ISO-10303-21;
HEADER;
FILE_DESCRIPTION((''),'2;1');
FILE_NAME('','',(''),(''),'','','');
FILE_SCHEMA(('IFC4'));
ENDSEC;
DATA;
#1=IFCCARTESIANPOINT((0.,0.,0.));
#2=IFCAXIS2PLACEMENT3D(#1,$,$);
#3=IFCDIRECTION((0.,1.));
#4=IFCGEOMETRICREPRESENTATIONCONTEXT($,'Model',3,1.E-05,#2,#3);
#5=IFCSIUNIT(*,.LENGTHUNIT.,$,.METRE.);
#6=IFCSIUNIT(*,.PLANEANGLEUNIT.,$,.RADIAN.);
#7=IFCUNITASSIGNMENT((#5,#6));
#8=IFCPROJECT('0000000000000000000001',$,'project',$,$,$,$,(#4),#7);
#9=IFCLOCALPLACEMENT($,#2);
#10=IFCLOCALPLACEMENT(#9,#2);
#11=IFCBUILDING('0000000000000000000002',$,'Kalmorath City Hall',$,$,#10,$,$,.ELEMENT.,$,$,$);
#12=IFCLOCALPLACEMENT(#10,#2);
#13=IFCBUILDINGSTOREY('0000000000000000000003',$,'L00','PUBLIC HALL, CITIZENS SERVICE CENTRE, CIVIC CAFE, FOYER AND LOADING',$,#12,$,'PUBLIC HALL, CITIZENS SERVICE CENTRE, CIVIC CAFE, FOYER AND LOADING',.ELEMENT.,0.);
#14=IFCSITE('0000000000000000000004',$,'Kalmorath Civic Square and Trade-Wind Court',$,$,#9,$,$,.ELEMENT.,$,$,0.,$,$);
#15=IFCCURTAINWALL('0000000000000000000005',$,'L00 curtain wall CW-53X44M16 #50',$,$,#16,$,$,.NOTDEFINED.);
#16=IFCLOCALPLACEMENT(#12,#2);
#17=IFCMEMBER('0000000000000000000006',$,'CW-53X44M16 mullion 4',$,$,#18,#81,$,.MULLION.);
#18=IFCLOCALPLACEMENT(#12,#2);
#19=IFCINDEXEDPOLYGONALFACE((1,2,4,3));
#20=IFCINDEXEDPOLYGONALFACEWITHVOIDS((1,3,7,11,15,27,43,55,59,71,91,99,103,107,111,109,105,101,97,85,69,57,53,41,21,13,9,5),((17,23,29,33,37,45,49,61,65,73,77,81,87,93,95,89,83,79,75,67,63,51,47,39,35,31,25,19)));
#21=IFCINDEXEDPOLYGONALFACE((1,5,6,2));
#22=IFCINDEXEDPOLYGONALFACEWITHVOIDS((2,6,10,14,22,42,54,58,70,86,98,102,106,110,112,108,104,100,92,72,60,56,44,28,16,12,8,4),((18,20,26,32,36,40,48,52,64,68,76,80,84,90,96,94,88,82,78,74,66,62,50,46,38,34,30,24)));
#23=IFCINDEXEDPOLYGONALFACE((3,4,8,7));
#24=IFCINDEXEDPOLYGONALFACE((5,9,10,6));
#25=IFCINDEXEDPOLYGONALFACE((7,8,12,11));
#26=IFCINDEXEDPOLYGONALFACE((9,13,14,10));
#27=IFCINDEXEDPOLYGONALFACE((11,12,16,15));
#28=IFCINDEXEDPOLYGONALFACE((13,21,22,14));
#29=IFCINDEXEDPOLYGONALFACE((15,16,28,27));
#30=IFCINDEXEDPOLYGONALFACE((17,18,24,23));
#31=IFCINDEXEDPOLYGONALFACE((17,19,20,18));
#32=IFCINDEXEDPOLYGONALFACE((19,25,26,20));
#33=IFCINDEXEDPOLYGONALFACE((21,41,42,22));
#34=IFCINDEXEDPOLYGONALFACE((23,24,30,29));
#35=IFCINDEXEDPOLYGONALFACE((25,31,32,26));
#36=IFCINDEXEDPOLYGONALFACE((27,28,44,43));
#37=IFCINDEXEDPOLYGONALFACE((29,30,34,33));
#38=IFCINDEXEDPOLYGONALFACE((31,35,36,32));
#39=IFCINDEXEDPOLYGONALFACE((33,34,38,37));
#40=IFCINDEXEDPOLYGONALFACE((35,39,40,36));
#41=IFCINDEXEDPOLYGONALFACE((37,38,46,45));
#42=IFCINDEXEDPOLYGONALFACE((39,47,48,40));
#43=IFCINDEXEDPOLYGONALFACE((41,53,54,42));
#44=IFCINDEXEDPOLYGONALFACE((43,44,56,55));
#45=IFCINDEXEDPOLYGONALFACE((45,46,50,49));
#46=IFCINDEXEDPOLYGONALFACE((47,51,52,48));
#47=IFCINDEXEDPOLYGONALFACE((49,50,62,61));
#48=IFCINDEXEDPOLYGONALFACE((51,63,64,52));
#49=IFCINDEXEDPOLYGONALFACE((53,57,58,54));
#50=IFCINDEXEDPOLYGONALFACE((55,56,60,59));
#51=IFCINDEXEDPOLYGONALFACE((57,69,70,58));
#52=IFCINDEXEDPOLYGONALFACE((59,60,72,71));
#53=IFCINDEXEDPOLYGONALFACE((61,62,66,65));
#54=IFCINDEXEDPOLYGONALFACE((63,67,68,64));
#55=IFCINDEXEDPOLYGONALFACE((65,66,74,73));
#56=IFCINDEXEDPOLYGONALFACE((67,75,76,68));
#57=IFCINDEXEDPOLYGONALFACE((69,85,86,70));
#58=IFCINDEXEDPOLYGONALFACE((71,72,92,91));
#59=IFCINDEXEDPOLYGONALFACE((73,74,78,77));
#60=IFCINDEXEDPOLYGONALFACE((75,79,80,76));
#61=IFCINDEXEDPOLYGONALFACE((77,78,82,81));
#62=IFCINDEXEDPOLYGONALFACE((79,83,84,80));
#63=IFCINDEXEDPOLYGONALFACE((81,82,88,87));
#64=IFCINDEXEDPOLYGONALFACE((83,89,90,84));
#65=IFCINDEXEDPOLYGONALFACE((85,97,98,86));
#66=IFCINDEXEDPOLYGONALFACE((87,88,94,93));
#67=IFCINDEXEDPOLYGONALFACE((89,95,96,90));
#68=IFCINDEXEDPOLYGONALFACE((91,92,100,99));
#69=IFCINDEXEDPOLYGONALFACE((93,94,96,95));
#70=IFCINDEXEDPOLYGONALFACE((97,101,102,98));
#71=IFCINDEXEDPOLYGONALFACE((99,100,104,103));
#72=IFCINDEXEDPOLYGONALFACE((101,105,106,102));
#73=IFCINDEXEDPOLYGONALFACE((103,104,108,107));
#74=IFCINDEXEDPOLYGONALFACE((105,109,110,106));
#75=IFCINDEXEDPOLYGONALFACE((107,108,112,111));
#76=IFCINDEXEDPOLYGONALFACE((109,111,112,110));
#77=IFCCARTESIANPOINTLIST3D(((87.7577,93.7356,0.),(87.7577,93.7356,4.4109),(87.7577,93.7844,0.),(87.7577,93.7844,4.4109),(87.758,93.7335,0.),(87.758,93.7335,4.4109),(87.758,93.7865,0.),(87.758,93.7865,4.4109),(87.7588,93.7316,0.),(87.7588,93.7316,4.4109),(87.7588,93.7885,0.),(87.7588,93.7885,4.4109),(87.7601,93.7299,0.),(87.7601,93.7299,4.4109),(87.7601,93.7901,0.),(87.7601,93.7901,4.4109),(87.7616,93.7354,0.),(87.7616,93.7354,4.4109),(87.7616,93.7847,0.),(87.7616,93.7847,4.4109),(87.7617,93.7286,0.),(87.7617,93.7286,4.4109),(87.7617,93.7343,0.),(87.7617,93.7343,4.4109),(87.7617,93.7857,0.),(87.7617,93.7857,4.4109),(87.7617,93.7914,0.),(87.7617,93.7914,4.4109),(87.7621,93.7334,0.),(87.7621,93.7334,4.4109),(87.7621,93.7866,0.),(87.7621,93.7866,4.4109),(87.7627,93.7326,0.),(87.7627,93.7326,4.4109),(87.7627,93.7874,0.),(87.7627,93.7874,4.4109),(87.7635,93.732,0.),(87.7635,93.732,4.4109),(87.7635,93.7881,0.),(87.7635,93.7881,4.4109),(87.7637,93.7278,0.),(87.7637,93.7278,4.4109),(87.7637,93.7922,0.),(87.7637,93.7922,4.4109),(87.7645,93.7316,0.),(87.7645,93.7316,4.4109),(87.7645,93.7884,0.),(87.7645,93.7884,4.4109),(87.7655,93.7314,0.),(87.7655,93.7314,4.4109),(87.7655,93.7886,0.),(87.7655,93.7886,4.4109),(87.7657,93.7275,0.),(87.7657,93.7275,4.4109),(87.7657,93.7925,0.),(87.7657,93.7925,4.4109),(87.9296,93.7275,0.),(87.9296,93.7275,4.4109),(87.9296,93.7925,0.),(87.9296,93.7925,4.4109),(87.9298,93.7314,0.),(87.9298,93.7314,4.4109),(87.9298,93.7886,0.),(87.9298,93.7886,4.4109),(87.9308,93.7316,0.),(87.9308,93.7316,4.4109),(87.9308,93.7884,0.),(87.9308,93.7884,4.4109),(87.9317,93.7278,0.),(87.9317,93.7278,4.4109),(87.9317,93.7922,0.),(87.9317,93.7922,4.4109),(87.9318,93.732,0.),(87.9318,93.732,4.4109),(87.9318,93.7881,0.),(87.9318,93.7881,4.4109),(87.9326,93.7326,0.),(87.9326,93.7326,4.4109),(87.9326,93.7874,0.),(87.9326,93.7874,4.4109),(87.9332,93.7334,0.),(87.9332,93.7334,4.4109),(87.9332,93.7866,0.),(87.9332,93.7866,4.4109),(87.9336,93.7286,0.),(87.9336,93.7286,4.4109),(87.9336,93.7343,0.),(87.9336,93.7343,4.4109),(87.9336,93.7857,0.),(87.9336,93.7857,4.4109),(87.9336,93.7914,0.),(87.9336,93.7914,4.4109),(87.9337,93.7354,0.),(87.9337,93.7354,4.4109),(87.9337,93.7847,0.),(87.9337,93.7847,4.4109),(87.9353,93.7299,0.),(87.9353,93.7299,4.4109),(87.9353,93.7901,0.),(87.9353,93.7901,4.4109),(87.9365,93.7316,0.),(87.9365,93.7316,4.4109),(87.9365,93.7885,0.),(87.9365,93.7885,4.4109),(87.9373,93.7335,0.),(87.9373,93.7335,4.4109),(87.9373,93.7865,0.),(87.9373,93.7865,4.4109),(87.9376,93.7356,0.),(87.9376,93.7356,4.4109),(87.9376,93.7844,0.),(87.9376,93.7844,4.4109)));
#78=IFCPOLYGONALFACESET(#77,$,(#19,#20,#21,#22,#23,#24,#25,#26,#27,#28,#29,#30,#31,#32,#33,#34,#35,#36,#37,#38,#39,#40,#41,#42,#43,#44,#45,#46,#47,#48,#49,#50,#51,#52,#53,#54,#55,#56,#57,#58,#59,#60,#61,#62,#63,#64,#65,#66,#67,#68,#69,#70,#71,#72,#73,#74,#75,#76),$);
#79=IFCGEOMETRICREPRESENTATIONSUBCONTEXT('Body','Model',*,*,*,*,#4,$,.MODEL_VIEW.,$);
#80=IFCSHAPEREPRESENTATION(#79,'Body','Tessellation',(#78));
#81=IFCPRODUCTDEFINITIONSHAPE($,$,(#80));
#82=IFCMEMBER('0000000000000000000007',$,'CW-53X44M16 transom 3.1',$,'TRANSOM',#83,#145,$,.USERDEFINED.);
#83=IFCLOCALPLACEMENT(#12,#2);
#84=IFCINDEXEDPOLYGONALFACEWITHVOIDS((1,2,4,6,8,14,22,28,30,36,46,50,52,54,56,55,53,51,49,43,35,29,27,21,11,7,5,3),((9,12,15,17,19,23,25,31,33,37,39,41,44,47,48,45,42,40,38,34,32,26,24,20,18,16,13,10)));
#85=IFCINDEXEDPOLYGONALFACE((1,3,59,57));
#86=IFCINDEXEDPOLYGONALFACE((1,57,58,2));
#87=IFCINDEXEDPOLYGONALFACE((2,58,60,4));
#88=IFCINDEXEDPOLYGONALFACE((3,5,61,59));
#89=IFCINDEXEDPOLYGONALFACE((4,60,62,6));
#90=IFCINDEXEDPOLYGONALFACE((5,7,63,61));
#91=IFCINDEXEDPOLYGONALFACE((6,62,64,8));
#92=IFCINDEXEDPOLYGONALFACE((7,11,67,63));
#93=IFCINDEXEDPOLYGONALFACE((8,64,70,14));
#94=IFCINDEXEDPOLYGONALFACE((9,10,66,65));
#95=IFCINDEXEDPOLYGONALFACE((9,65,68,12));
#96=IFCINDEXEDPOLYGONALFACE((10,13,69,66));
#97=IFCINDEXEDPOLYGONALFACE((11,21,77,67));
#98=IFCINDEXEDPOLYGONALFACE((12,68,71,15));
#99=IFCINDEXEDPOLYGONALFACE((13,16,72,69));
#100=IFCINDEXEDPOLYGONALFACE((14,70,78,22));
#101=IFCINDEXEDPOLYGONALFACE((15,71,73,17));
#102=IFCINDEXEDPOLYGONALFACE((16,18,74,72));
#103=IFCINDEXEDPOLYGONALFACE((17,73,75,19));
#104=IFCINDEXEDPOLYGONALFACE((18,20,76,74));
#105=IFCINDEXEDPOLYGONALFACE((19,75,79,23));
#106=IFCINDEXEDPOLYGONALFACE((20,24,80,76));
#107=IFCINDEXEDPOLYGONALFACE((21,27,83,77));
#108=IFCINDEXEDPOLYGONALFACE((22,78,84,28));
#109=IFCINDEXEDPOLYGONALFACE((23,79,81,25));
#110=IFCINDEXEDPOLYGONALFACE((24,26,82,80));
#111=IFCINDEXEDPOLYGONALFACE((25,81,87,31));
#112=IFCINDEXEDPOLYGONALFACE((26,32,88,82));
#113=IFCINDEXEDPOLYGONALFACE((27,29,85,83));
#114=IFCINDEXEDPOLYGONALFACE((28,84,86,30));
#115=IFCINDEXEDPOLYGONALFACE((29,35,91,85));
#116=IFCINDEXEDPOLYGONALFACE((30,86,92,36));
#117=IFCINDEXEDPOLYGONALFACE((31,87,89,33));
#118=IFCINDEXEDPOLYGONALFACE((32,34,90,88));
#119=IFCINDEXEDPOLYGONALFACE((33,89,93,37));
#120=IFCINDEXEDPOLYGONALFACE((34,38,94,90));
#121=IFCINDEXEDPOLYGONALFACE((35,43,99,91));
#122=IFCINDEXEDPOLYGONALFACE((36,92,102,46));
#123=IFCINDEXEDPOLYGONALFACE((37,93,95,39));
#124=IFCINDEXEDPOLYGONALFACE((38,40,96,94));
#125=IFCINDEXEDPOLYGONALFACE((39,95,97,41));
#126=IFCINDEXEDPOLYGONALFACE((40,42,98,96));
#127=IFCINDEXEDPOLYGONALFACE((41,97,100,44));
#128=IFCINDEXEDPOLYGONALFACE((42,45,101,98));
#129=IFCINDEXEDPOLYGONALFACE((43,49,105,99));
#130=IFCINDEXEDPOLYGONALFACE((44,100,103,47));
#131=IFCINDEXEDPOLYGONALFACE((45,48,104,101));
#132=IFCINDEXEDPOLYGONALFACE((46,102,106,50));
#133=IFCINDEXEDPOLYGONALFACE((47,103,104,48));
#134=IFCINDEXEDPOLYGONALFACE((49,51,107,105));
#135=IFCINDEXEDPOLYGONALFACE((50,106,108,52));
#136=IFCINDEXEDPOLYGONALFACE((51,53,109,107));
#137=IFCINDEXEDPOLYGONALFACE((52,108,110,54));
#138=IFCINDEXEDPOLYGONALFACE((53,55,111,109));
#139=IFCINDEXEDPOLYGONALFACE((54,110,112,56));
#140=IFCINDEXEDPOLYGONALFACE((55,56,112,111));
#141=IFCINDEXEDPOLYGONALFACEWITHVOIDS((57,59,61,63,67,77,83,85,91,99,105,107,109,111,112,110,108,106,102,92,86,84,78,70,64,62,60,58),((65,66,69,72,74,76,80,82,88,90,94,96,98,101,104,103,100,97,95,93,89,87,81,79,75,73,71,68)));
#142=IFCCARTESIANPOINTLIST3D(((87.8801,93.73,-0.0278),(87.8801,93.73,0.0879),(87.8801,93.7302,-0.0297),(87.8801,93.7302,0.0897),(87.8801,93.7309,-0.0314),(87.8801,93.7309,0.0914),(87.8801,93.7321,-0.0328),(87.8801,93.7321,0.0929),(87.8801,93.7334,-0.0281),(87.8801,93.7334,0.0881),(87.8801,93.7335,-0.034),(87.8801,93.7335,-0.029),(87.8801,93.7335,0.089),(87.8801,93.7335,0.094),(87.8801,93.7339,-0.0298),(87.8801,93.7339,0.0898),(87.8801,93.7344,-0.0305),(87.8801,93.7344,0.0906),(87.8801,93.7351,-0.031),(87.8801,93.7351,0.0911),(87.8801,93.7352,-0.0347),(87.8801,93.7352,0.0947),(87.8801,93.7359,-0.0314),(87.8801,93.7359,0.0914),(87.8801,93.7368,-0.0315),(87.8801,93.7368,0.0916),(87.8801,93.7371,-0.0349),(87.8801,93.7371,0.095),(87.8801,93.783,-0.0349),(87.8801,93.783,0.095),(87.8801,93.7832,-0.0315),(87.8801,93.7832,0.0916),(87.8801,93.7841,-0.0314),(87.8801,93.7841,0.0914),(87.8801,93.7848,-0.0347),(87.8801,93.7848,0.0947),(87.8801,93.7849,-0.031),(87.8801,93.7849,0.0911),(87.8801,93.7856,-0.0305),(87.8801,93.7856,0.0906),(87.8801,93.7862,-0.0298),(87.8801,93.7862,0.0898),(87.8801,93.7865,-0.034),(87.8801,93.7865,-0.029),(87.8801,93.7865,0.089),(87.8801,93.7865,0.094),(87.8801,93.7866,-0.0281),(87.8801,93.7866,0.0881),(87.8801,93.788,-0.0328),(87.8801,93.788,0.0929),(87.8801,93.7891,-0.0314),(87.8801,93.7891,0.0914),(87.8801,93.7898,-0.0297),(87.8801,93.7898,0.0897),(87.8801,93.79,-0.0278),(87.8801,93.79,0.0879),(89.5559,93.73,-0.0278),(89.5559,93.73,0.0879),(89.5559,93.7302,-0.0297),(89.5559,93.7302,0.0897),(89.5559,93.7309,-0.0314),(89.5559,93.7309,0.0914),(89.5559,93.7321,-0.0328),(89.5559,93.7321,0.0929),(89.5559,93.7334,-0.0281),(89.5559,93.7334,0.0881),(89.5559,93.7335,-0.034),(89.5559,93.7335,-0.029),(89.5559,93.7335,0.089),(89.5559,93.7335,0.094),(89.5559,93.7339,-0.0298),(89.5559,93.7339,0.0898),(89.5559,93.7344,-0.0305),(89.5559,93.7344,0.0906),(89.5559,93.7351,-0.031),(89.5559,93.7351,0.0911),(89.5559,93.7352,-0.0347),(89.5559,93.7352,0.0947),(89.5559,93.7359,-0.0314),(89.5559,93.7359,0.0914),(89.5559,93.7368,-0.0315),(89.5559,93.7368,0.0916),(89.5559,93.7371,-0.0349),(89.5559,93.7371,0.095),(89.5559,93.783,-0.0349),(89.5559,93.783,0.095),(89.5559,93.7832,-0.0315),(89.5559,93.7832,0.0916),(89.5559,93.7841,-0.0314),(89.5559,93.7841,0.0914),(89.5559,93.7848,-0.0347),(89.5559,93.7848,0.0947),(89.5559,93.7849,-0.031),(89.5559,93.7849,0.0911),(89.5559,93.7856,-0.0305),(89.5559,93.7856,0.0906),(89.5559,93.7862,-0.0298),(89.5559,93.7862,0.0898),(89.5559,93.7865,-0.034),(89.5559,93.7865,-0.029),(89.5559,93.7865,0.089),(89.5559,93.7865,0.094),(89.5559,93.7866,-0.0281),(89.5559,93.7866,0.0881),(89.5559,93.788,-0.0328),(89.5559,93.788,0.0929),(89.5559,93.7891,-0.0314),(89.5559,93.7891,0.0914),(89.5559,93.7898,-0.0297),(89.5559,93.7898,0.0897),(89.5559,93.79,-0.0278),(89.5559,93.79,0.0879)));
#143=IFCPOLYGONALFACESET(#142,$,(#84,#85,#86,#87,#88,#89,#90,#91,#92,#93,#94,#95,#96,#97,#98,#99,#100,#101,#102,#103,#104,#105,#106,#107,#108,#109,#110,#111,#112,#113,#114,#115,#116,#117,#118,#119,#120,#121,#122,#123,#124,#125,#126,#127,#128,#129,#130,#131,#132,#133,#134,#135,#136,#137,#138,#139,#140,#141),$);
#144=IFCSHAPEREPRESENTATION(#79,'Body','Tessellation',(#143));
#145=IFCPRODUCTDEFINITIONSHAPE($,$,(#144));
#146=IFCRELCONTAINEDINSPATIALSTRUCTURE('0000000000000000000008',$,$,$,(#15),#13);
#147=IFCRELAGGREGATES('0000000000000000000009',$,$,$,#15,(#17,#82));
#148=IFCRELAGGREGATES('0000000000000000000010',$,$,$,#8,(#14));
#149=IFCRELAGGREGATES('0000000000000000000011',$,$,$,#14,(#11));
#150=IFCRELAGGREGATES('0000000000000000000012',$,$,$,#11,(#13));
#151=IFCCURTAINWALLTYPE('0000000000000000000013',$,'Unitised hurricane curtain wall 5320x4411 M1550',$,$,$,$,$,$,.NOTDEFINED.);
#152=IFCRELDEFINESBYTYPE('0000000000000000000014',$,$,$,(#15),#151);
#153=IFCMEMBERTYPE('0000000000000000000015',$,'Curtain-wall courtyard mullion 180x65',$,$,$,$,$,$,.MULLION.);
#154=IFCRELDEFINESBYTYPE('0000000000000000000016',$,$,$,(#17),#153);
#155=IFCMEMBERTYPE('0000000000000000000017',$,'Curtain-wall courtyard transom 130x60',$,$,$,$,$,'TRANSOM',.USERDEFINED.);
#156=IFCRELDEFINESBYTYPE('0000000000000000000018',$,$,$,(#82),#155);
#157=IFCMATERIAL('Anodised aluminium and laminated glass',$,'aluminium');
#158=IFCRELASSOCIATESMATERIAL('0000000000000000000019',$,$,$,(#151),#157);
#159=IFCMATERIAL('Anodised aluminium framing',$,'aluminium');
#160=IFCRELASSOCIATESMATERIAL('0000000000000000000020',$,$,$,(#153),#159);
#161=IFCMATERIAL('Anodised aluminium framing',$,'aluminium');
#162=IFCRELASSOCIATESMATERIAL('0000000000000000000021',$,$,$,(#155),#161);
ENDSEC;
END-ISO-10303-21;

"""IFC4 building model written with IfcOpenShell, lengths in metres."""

from ifc_helpers import new_model, si_unit, direction, frame, origin, origin_2d, place, context, subcontext, project, spatial, hollow_rectangle, extrude, material, material_profile, profile_set, type_object, element, aggregate, save


model = new_model("IFC4")

# Units and contexts
model_context = context("Model", 3, precision=1e-05, world=origin(), true_north=direction((0.0, 1.0)))
body_context = subcontext(model_context, "Body", "Model", "MODEL_VIEW")
ifc_project = project(units=[si_unit("LENGTHUNIT", "METRE"), si_unit("PLANEANGLEUNIT", "RADIAN")], contexts=[model_context])

# Site, building, storey
site_placement = place(None, origin())
site = spatial("IfcSite", under=ifc_project, at=site_placement, Name="Kalmorath Civic Square and Trade-Wind Court", CompositionType="ELEMENT", RefElevation=0.0)
building_placement = place(site_placement, origin())
building = spatial("IfcBuilding", under=site, at=building_placement, Name="Kalmorath City Hall", CompositionType="ELEMENT")
storey_placement = place(building_placement, origin())
storey = spatial("IfcBuildingStorey", under=building, at=storey_placement, Name="L00", Description="PUBLIC HALL, CITIZENS SERVICE CENTRE, CIVIC CAFE, FOYER AND LOADING", LongName="PUBLIC HALL, CITIZENS SERVICE CENTRE, CIVIC CAFE, FOYER AND LOADING", CompositionType="ELEMENT", Elevation=0.0)

# Curtain wall, members
ifc_material_1 = material(Name="Anodised aluminium and laminated glass", Category="aluminium")
curtain_wall_type = type_object("IfcCurtainWallType", Name="Unitised hurricane curtain wall 5320x4411 M1550", PredefinedType="NOTDEFINED", material=ifc_material_1)
curtain_wall_placement = place(storey_placement, origin())
curtain_wall = element("IfcCurtainWall", 1, at=curtain_wall_placement, inside=storey, type_object=curtain_wall_type, Name="L00 curtain wall CW-53X44M16 #50", PredefinedType="NOTDEFINED")
ifc_material_2 = material(Name="Anodised aluminium framing", Category="aluminium")
ifc_material_profile_1 = material_profile(ifc_material_2, hollow_rectangle(XDim=0.0649, YDim=0.1799, WallThickness=0.0039, InnerFilletRadius=0.0039, OuterFilletRadius=0.0081, at=origin_2d()), Name="ALU-MUL-180X65X4")
ifc_profile_set_1 = profile_set([ifc_material_profile_1], Name="Anodised aluminium framing")
member_type_1 = type_object("IfcMemberType", Name="Curtain-wall courtyard mullion 180x65", PredefinedType="MULLION", material=ifc_profile_set_1)
member_1_placement = place(storey_placement, frame((87.8477, 93.76, 0.0), z_axis=(0.0, 0.0, 1.0), x_axis=(0.0, -1.0, 0.0)))
member_1 = element("IfcMember", 2, at=member_1_placement, type_object=member_type_1, Name="CW-53X44M16 mullion 4", PredefinedType="MULLION", context=body_context, shape_type="SweptSolid", body=[
    extrude(hollow_rectangle(XDim=0.0649, YDim=0.1799, WallThickness=0.0039, InnerFilletRadius=0.0039, OuterFilletRadius=0.0081, at=origin_2d()), origin(), (0.0, 0.0, 1.0), 4.4109),
])
ifc_material_3 = material(Name="Anodised aluminium framing", Category="aluminium")
ifc_material_profile_2 = material_profile(ifc_material_3, hollow_rectangle(XDim=0.0601, YDim=0.1299, WallThickness=0.0034, InnerFilletRadius=0.0034, OuterFilletRadius=0.0071, at=origin_2d()), Name="ALU-TRN-130X60X3.5")
ifc_profile_set_2 = profile_set([ifc_material_profile_2], Name="Anodised aluminium framing")
member_type_2 = type_object("IfcMemberType", Name="Curtain-wall courtyard transom 130x60", ElementType="TRANSOM", PredefinedType="USERDEFINED", material=ifc_profile_set_2)
member_2_placement = place(storey_placement, frame((89.5559, 93.76, 0.03), z_axis=(-1.0, 0.0, 0.0), x_axis=(0.0, -1.0, 0.0)))
member_2 = element("IfcMember", 3, at=member_2_placement, type_object=member_type_2, Name="CW-53X44M16 transom 3.1", ObjectType="TRANSOM", PredefinedType="USERDEFINED", context=body_context, shape_type="SweptSolid", body=[
    extrude(hollow_rectangle(XDim=0.0601, YDim=0.1299, WallThickness=0.0034, InnerFilletRadius=0.0034, OuterFilletRadius=0.0071, at=origin_2d()), origin(), (0.0, 0.0, 1.0), 1.6758),
])
aggregate(curtain_wall, [member_1, member_2])

save(model, "model.ifc")
